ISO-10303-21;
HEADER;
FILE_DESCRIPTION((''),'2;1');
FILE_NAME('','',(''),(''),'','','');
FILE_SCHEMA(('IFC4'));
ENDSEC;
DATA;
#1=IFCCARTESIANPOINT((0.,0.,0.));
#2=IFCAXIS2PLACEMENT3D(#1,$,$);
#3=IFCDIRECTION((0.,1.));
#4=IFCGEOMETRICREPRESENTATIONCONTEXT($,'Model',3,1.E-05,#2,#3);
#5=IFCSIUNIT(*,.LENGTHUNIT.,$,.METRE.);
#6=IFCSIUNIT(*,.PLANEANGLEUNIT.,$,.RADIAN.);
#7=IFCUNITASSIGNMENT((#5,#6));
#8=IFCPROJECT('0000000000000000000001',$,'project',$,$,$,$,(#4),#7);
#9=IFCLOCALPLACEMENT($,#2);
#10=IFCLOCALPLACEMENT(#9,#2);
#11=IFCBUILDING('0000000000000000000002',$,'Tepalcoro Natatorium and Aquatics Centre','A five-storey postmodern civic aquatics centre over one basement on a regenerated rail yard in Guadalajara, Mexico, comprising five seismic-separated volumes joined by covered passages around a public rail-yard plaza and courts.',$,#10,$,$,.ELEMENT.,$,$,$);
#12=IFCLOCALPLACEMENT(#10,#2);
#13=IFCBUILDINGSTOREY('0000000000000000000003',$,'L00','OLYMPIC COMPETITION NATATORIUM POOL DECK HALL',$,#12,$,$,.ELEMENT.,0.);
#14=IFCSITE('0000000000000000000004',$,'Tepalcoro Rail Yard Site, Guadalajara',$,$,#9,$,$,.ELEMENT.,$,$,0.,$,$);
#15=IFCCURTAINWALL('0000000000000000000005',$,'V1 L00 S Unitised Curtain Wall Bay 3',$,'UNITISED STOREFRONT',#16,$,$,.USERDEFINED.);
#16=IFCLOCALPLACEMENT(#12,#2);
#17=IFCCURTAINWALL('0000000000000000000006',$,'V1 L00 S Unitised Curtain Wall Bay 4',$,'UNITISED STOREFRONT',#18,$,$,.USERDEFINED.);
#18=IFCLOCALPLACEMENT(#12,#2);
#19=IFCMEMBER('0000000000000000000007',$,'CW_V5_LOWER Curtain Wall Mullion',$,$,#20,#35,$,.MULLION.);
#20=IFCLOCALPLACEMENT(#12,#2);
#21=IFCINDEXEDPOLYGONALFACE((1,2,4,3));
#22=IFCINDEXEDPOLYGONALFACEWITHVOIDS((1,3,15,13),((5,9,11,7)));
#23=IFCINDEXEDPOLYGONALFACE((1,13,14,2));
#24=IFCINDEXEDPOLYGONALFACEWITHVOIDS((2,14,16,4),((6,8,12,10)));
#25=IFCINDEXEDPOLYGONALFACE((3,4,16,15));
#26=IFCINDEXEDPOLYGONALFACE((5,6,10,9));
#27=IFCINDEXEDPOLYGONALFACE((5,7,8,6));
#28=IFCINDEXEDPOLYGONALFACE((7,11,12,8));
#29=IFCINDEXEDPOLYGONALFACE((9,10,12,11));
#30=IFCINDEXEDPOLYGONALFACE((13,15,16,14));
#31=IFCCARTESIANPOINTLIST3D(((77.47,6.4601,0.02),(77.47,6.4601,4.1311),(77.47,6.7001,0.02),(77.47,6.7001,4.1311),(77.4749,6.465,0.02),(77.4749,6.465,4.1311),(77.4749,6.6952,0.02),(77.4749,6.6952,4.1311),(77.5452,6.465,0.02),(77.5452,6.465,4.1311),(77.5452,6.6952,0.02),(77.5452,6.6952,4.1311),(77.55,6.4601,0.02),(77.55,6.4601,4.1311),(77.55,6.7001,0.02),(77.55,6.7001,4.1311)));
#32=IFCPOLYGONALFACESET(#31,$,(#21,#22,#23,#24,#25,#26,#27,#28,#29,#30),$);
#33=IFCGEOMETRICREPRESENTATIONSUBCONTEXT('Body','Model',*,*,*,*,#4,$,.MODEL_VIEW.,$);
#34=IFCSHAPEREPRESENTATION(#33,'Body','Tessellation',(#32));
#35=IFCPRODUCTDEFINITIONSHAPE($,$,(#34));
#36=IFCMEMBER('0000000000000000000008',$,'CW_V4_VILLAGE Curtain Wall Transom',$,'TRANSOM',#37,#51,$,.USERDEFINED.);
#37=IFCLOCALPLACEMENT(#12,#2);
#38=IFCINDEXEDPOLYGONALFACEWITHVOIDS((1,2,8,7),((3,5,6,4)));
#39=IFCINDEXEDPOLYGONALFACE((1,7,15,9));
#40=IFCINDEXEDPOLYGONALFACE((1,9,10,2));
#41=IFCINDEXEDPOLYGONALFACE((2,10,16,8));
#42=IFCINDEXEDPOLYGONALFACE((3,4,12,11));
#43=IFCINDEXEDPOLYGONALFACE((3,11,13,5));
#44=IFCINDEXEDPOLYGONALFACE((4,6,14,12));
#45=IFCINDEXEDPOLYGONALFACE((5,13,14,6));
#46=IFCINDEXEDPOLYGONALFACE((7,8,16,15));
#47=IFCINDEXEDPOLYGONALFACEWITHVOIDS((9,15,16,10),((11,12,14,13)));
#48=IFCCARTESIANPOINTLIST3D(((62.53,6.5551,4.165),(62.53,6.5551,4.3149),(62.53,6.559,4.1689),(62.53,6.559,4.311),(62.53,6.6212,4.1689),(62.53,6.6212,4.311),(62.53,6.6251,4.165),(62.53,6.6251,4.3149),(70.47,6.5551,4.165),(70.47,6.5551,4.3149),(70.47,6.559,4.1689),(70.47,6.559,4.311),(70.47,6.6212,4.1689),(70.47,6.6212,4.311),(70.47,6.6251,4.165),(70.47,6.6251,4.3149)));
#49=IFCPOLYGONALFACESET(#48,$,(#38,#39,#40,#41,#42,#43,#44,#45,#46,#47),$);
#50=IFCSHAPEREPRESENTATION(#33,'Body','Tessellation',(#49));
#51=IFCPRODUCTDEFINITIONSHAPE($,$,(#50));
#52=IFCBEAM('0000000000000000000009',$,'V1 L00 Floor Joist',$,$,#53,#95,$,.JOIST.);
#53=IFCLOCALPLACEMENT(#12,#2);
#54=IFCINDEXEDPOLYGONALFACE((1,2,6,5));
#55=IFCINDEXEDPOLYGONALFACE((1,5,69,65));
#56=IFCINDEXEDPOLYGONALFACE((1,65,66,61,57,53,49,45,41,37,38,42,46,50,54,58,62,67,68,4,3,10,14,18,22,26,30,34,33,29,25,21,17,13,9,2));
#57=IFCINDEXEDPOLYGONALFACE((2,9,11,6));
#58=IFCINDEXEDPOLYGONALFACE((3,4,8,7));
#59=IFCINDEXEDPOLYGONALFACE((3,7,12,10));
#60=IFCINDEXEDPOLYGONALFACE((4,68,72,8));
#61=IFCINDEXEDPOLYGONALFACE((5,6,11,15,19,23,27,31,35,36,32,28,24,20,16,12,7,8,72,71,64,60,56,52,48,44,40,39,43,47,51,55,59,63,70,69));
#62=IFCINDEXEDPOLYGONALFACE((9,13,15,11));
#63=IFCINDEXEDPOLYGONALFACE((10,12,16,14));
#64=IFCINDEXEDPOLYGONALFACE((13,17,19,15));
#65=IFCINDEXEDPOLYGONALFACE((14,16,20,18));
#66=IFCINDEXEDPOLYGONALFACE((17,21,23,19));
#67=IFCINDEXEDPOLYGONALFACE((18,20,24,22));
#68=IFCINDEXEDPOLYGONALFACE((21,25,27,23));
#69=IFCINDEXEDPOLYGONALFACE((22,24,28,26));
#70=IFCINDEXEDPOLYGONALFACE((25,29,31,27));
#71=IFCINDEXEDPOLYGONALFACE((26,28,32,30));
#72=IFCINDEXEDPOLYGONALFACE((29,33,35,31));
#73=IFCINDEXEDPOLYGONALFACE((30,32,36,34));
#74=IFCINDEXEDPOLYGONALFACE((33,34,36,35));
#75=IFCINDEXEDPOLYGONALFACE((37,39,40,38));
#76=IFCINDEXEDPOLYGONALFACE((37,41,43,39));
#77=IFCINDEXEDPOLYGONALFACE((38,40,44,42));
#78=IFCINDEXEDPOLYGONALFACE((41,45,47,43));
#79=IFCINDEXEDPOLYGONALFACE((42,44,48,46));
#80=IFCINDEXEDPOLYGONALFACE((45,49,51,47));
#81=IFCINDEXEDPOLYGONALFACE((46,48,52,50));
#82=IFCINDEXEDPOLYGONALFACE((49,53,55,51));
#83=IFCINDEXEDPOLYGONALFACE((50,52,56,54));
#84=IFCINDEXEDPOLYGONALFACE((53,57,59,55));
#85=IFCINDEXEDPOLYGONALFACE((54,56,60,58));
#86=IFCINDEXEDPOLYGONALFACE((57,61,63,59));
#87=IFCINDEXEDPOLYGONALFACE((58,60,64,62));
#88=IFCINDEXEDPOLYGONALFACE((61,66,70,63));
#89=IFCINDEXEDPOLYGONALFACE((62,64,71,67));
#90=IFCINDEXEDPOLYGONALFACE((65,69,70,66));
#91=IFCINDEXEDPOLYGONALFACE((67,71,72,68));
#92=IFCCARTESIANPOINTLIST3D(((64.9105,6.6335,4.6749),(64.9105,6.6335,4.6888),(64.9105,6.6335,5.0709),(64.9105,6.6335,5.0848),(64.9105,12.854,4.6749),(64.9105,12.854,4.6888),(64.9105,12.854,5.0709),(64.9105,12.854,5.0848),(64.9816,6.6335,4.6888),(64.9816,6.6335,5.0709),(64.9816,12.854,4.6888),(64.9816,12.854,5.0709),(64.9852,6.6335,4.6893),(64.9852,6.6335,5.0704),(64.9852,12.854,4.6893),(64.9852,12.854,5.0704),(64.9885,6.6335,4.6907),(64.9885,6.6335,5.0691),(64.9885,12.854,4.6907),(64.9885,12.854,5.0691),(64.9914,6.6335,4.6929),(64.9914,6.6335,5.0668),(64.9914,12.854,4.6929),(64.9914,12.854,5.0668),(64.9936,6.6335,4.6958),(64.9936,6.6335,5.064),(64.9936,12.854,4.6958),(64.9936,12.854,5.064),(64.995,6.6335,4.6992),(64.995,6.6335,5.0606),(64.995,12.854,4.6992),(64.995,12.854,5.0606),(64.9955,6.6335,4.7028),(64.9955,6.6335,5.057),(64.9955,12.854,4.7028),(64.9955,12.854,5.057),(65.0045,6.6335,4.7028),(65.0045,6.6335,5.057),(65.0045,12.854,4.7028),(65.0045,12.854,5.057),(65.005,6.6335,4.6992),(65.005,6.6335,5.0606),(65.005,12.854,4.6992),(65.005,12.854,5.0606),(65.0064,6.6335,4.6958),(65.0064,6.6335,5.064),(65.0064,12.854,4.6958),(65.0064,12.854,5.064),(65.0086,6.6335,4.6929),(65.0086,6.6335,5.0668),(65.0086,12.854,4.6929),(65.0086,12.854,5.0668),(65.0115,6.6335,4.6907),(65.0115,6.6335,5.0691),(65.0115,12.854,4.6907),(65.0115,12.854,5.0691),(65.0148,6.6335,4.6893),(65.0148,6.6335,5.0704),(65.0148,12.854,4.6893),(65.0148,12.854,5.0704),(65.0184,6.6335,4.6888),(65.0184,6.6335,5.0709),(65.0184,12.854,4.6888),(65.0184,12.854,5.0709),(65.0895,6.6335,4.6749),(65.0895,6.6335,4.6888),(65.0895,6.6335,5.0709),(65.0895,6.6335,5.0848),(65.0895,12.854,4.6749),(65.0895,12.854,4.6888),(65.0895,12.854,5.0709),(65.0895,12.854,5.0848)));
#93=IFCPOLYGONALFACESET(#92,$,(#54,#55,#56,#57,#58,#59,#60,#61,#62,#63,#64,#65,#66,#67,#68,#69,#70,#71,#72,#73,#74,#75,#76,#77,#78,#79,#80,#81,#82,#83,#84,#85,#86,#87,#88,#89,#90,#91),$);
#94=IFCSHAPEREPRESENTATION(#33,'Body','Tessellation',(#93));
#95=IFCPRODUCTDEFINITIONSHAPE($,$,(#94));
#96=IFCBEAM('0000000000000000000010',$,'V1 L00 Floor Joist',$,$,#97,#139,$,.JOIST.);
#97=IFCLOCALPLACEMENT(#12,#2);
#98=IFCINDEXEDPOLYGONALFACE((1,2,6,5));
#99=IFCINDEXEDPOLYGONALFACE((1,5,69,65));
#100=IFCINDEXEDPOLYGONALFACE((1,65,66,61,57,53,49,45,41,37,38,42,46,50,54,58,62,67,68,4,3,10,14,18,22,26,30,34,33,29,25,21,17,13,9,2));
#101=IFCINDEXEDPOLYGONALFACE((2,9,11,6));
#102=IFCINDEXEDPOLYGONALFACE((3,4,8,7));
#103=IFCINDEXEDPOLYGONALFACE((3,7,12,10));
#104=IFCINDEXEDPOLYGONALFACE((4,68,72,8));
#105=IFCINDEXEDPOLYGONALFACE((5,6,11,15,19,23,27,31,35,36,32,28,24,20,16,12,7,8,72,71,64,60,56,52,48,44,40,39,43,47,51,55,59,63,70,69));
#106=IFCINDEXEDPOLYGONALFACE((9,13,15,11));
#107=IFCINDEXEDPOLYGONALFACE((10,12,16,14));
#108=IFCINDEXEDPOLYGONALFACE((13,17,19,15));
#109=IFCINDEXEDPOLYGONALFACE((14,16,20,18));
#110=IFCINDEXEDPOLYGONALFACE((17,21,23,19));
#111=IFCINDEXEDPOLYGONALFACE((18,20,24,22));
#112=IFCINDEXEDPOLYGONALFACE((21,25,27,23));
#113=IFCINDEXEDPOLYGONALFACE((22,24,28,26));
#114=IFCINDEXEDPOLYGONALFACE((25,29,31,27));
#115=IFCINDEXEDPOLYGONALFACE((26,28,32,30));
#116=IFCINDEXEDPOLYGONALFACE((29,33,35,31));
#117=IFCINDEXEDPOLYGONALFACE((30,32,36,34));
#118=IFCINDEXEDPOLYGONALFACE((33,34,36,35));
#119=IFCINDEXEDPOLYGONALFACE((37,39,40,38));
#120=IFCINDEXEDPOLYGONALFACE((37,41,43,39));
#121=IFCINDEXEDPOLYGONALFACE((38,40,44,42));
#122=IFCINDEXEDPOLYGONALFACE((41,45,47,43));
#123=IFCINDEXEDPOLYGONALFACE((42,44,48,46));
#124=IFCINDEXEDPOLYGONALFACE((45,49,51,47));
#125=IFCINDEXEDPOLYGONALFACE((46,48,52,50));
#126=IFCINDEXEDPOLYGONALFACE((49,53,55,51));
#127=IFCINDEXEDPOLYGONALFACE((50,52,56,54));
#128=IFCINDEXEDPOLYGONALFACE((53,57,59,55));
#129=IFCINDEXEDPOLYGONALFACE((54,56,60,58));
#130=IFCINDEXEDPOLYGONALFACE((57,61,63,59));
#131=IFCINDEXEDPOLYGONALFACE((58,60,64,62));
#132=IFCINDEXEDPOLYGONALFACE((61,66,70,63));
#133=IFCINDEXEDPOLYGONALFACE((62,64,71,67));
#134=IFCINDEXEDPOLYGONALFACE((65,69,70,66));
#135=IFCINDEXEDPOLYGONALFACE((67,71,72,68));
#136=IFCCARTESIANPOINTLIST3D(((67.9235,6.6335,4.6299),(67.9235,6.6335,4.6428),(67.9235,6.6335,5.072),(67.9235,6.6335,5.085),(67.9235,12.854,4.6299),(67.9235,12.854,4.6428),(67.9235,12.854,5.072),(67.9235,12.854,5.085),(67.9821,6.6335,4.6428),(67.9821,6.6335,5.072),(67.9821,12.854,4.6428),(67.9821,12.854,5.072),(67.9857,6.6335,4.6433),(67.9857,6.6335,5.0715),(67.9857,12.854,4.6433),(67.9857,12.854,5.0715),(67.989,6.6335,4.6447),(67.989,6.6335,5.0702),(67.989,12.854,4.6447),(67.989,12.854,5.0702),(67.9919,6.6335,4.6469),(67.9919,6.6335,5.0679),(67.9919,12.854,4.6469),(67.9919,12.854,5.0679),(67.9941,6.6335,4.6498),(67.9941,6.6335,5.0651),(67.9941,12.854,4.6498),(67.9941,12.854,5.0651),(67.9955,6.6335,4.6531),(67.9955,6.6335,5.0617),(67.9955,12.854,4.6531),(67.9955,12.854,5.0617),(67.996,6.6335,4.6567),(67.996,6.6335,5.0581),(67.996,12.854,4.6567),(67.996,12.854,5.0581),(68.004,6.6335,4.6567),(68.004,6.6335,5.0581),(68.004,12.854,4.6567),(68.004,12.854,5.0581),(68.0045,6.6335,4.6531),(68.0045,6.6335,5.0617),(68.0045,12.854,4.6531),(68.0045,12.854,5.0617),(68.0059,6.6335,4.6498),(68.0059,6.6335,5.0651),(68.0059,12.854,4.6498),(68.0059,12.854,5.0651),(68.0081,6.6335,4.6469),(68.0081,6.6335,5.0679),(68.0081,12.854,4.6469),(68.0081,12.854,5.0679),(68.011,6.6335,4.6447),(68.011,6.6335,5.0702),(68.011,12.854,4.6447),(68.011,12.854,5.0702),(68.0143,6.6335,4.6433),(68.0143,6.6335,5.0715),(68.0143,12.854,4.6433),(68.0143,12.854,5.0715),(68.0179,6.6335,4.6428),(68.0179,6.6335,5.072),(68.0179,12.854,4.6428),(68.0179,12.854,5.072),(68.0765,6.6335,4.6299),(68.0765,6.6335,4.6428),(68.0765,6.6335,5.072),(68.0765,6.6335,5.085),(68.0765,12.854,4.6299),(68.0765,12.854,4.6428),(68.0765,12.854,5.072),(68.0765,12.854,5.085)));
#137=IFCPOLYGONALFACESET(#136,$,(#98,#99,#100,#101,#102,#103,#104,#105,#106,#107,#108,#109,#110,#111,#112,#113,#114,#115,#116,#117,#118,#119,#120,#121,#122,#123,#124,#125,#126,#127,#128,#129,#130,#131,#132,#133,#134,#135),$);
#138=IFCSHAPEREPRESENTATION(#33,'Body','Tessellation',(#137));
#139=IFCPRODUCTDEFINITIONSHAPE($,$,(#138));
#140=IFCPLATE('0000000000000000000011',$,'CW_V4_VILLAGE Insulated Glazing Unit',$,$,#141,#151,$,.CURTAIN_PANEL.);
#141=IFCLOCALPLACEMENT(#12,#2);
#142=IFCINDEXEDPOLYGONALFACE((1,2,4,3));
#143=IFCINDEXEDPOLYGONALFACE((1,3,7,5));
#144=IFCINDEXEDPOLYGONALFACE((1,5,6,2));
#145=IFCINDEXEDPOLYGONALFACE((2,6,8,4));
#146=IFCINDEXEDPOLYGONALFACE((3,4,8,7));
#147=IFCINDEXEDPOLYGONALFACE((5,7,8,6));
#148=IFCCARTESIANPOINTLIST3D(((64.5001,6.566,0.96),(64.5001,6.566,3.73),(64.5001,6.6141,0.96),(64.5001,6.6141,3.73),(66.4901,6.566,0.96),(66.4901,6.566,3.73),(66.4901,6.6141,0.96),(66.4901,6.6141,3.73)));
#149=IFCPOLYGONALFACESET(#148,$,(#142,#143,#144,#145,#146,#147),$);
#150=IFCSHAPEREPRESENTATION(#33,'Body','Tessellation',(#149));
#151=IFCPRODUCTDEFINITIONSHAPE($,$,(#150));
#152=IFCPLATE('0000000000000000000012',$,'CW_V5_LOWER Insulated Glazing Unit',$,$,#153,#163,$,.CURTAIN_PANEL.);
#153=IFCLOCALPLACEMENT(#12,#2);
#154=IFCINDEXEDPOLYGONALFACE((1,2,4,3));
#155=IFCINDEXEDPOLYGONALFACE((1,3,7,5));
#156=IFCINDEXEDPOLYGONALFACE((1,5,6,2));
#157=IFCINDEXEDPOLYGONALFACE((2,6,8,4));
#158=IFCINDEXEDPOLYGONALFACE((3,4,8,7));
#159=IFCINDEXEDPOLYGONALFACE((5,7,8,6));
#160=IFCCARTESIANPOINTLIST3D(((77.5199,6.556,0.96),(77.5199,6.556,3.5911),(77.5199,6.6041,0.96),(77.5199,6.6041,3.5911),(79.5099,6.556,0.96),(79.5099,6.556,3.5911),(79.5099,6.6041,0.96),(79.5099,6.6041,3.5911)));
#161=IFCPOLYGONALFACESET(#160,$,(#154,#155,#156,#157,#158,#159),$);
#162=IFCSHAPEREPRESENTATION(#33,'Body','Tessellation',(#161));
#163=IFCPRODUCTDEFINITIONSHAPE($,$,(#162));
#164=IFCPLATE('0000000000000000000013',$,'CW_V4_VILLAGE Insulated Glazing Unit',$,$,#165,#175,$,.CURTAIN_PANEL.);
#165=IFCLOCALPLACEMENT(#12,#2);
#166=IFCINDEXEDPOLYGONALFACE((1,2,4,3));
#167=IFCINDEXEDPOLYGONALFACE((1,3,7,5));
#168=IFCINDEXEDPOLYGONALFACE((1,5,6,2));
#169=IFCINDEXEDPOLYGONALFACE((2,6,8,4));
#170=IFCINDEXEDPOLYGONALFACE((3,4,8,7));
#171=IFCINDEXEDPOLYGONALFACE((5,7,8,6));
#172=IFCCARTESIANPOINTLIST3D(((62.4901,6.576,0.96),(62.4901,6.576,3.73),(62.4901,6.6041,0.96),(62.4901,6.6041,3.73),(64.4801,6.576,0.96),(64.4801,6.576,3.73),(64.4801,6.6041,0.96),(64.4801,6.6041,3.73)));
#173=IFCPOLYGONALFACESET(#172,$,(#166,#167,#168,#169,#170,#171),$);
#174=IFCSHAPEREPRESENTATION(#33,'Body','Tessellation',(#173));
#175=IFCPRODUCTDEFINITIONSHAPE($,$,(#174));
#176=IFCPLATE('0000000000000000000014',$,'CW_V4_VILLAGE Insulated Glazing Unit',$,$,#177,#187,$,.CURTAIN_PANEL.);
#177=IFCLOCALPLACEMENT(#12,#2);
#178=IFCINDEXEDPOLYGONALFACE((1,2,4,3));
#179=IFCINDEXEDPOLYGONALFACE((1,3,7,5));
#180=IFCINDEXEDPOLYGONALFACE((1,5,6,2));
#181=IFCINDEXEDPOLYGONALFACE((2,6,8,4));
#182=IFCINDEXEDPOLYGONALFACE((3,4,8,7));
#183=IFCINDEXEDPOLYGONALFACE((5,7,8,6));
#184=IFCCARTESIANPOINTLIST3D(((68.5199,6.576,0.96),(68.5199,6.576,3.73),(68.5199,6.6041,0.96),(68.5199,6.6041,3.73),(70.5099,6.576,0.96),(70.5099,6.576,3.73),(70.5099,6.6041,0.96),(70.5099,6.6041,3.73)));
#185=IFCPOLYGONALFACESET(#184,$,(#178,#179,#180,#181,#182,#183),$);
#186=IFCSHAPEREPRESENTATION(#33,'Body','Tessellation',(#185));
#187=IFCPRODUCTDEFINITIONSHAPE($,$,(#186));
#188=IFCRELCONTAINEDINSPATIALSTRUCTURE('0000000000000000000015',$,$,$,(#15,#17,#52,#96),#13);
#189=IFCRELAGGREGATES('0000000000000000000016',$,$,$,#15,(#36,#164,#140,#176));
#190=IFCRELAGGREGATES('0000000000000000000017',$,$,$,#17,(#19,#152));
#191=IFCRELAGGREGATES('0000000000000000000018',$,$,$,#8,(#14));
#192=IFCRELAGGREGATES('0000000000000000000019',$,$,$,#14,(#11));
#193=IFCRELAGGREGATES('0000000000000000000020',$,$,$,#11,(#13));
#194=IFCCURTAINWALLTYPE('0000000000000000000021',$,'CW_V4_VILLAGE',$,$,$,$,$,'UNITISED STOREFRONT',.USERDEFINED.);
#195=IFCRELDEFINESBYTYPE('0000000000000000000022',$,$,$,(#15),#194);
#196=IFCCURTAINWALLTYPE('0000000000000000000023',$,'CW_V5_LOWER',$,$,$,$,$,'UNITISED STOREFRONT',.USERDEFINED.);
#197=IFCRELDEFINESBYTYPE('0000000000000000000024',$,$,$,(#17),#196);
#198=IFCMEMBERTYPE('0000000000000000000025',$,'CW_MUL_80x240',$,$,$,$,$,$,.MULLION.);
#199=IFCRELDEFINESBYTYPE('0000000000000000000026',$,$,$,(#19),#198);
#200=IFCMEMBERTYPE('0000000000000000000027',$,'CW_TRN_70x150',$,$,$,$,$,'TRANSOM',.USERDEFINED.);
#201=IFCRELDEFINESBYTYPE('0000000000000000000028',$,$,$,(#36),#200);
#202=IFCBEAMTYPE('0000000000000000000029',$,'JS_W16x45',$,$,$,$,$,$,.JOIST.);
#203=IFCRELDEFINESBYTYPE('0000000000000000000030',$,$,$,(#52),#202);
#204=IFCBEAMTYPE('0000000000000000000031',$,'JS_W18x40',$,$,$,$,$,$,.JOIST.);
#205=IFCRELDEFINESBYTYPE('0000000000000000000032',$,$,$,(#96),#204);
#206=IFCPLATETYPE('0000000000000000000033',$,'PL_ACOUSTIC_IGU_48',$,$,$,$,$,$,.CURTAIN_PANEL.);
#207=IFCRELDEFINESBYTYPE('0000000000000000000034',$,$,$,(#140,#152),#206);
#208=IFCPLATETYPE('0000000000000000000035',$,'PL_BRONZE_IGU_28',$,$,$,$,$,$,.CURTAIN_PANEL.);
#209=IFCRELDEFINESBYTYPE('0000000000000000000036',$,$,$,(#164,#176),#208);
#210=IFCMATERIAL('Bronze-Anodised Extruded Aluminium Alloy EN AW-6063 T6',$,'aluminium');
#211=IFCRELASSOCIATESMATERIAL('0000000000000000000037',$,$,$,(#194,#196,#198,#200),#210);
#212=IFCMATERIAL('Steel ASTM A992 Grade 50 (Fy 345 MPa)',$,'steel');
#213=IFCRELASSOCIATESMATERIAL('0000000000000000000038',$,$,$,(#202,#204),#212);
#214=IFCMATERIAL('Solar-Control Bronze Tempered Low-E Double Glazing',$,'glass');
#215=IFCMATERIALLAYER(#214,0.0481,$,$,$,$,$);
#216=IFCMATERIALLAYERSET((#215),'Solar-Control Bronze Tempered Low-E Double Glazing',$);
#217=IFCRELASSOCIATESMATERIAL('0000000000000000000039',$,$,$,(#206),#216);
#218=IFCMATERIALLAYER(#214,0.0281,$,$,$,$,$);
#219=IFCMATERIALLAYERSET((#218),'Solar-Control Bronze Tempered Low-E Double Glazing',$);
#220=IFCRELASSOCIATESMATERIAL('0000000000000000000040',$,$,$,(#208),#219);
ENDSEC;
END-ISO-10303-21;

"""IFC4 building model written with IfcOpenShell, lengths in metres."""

from ifc_helpers import new_model, si_unit, direction, frame, origin, origin_2d, place, context, subcontext, project, spatial, rectangle, hollow_rectangle, i_section, extrude, material, layer, layer_set, material_profile, profile_set, type_object, element, aggregate, save


model = new_model("IFC4")

# Units and contexts
model_context = context("Model", 3, precision=1e-05, world=origin(), true_north=direction((0.0, 1.0)))
body_context = subcontext(model_context, "Body", "Model", "MODEL_VIEW")
ifc_project = project(units=[si_unit("LENGTHUNIT", "METRE"), si_unit("PLANEANGLEUNIT", "RADIAN")], contexts=[model_context])

# Site, building, storey
site_placement = place(None, origin())
site = spatial("IfcSite", under=ifc_project, at=site_placement, Name="Tepalcoro Rail Yard Site, Guadalajara", CompositionType="ELEMENT", RefElevation=0.0)
building_placement = place(site_placement, origin())
building = spatial("IfcBuilding", under=site, at=building_placement, Name="Tepalcoro Natatorium and Aquatics Centre", Description="A five-storey postmodern civic aquatics centre over one basement on a regenerated rail yard in Guadalajara, Mexico, comprising five seismic-separated volumes joined by covered passages around a public rail-yard plaza and courts.", CompositionType="ELEMENT")
storey_placement = place(building_placement, origin())
storey = spatial("IfcBuildingStorey", under=building, at=storey_placement, Name="L00", Description="OLYMPIC COMPETITION NATATORIUM POOL DECK HALL", CompositionType="ELEMENT", Elevation=0.0)

# Shared definitions
ifc_material_1 = material(Name="Steel ASTM A992 Grade 50 (Fy 345 MPa)", Category="steel")

# Curtain walls, member
ifc_material_2 = material(Name="Bronze-Anodised Extruded Aluminium Alloy EN AW-6063 T6", Category="aluminium")
curtain_wall_type_1 = type_object("IfcCurtainWallType", Name="CW_V4_VILLAGE", ElementType="UNITISED STOREFRONT", PredefinedType="USERDEFINED", material=ifc_material_2)
curtain_wall_1_placement = place(storey_placement, origin())
curtain_wall_1 = element("IfcCurtainWall", 1, at=curtain_wall_1_placement, inside=storey, type_object=curtain_wall_type_1, Name="V1 L00 S Unitised Curtain Wall Bay 3", ObjectType="UNITISED STOREFRONT", PredefinedType="USERDEFINED")
curtain_wall_type_2 = type_object("IfcCurtainWallType", Name="CW_V5_LOWER", ElementType="UNITISED STOREFRONT", PredefinedType="USERDEFINED", material=ifc_material_2)
curtain_wall_2_placement = place(storey_placement, origin())
curtain_wall_2 = element("IfcCurtainWall", 2, at=curtain_wall_2_placement, inside=storey, type_object=curtain_wall_type_2, Name="V1 L00 S Unitised Curtain Wall Bay 4", ObjectType="UNITISED STOREFRONT", PredefinedType="USERDEFINED")
ifc_material_profile_1 = material_profile(ifc_material_2, hollow_rectangle(XDim=0.0801, YDim=0.24, WallThickness=0.0049, at=origin_2d()), Name="AL80X240X5")
ifc_profile_set_1 = profile_set([ifc_material_profile_1], Name="Bronze-Anodised Extruded Aluminium Alloy EN AW-6063 T6")
member_type_1 = type_object("IfcMemberType", Name="CW_MUL_80x240", PredefinedType="MULLION", material=ifc_profile_set_1)
member_1_placement = place(storey_placement, frame((77.51, 6.5801, 0.02), z_axis=(0.0, 0.0, 1.0), x_axis=(1.0, 0.0, 0.0)))
member_1 = element("IfcMember", 3, at=member_1_placement, type_object=member_type_1, Name="CW_V5_LOWER Curtain Wall Mullion", PredefinedType="MULLION", context=body_context, shape_type="SweptSolid", body=[
    extrude(hollow_rectangle(XDim=0.0801, YDim=0.24, WallThickness=0.0049, at=origin_2d()), origin(), (0.0, 0.0, 1.0), 4.1111),
])

# Member
ifc_material_profile_2 = material_profile(ifc_material_2, hollow_rectangle(XDim=0.0701, YDim=0.1499, WallThickness=0.0039, at=origin_2d()), Name="AL70X150X4")
ifc_profile_set_2 = profile_set([ifc_material_profile_2], Name="Bronze-Anodised Extruded Aluminium Alloy EN AW-6063 T6")
member_type_2 = type_object("IfcMemberType", Name="CW_TRN_70x150", ElementType="TRANSOM", PredefinedType="USERDEFINED", material=ifc_profile_set_2)
member_2_placement = place(storey_placement, frame((62.53, 6.5901, 4.24), z_axis=(1.0, 0.0, 0.0), x_axis=(0.0, 1.0, 0.0)))
member_2 = element("IfcMember", 4, at=member_2_placement, type_object=member_type_2, Name="CW_V4_VILLAGE Curtain Wall Transom", ObjectType="TRANSOM", PredefinedType="USERDEFINED", context=body_context, shape_type="SweptSolid", body=[
    extrude(hollow_rectangle(XDim=0.0701, YDim=0.1499, WallThickness=0.0039, at=origin_2d()), origin(), (0.0, 0.0, 1.0), 7.9399),
])

# Beams
ifc_material_profile_3 = material_profile(ifc_material_1, i_section(OverallWidth=0.179, OverallDepth=0.4099, WebThickness=0.009, FlangeThickness=0.0139, FilletRadius=0.0139, at=origin_2d()), Name="W16X45")
ifc_profile_set_3 = profile_set([ifc_material_profile_3], Name="Steel ASTM A992 Grade 50 (Fy 345 MPa)")
beam_type_1 = type_object("IfcBeamType", Name="JS_W16x45", PredefinedType="JOIST", material=ifc_profile_set_3)
beam_1_placement = place(storey_placement, frame((65.0, 6.6335, 4.8799), z_axis=(0.0, 1.0, 0.0), x_axis=(-1.0, 0.0, 0.0)))
element("IfcBeam", 5, at=beam_1_placement, inside=storey, type_object=beam_type_1, Name="V1 L00 Floor Joist", PredefinedType="JOIST", context=body_context, shape_type="SweptSolid", body=[
    extrude(i_section(OverallWidth=0.179, OverallDepth=0.4099, WebThickness=0.009, FlangeThickness=0.0139, FilletRadius=0.0139, at=origin_2d()), origin(), (0.0, 0.0, 1.0), 6.2205),
])
ifc_material_profile_4 = material_profile(ifc_material_1, i_section(OverallWidth=0.1531, OverallDepth=0.4551, WebThickness=0.0081, FlangeThickness=0.0129, FilletRadius=0.0139, at=origin_2d()), Name="W18X40")
ifc_profile_set_4 = profile_set([ifc_material_profile_4], Name="Steel ASTM A992 Grade 50 (Fy 345 MPa)")
beam_type_2 = type_object("IfcBeamType", Name="JS_W18x40", PredefinedType="JOIST", material=ifc_profile_set_4)
beam_2_placement = place(storey_placement, frame((68.0, 6.6335, 4.8574), z_axis=(0.0, 1.0, 0.0), x_axis=(-1.0, 0.0, 0.0)))
element("IfcBeam", 6, at=beam_2_placement, inside=storey, type_object=beam_type_2, Name="V1 L00 Floor Joist", PredefinedType="JOIST", context=body_context, shape_type="SweptSolid", body=[
    extrude(i_section(OverallWidth=0.1531, OverallDepth=0.4551, WebThickness=0.0081, FlangeThickness=0.0129, FilletRadius=0.0139, at=origin_2d()), origin(), (0.0, 0.0, 1.0), 6.2205),
])

# Plates
ifc_material_3 = material(Name="Solar-Control Bronze Tempered Low-E Double Glazing", Category="glass")
ifc_layer_1 = layer(ifc_material_3, 0.0481)
ifc_layer_set_1 = layer_set([ifc_layer_1], Name="Solar-Control Bronze Tempered Low-E Double Glazing")
plate_type_1 = type_object("IfcPlateType", Name="PL_ACOUSTIC_IGU_48", PredefinedType="CURTAIN_PANEL", material=ifc_layer_set_1)
plate_1_placement = place(storey_placement, frame((65.4951, 6.5901, 0.96), z_axis=(0.0, 0.0, 1.0), x_axis=(1.0, 0.0, 0.0)))
plate_1 = element("IfcPlate", 7, at=plate_1_placement, type_object=plate_type_1, Name="CW_V4_VILLAGE Insulated Glazing Unit", PredefinedType="CURTAIN_PANEL", context=body_context, shape_type="SweptSolid", body=[
    extrude(rectangle(XDim=1.99, YDim=0.0481, at=origin_2d()), origin(), (0.0, 0.0, 1.0), 2.77),
])
plate_2_placement = place(storey_placement, frame((78.5149, 6.5801, 0.96), z_axis=(0.0, 0.0, 1.0), x_axis=(1.0, 0.0, 0.0)))
plate_2 = element("IfcPlate", 8, at=plate_2_placement, type_object=plate_type_1, Name="CW_V5_LOWER Insulated Glazing Unit", PredefinedType="CURTAIN_PANEL", context=body_context, shape_type="SweptSolid", body=[
    extrude(rectangle(XDim=1.99, YDim=0.0481, at=origin_2d()), origin(), (0.0, 0.0, 1.0), 2.6311),
])
ifc_layer_2 = layer(ifc_material_3, 0.0281)
ifc_layer_set_2 = layer_set([ifc_layer_2], Name="Solar-Control Bronze Tempered Low-E Double Glazing")
plate_type_2 = type_object("IfcPlateType", Name="PL_BRONZE_IGU_28", PredefinedType="CURTAIN_PANEL", material=ifc_layer_set_2)
plate_3_placement = place(storey_placement, frame((63.4851, 6.5901, 0.96), z_axis=(0.0, 0.0, 1.0), x_axis=(1.0, 0.0, 0.0)))
plate_3 = element("IfcPlate", 9, at=plate_3_placement, type_object=plate_type_2, Name="CW_V4_VILLAGE Insulated Glazing Unit", PredefinedType="CURTAIN_PANEL", context=body_context, shape_type="SweptSolid", body=[
    extrude(rectangle(XDim=1.99, YDim=0.0281, at=origin_2d()), origin(), (0.0, 0.0, 1.0), 2.77),
])
plate_4_placement = place(storey_placement, frame((69.5149, 6.5901, 0.96), z_axis=(0.0, 0.0, 1.0), x_axis=(1.0, 0.0, 0.0)))
plate_4 = element("IfcPlate", 10, at=plate_4_placement, type_object=plate_type_2, Name="CW_V4_VILLAGE Insulated Glazing Unit", PredefinedType="CURTAIN_PANEL", context=body_context, shape_type="SweptSolid", body=[
    extrude(rectangle(XDim=1.99, YDim=0.0281, at=origin_2d()), origin(), (0.0, 0.0, 1.0), 2.77),
])
aggregate(curtain_wall_1, [member_2, plate_3, plate_1, plate_4])
aggregate(curtain_wall_2, [member_1, plate_2])

save(model, "model.ifc")
